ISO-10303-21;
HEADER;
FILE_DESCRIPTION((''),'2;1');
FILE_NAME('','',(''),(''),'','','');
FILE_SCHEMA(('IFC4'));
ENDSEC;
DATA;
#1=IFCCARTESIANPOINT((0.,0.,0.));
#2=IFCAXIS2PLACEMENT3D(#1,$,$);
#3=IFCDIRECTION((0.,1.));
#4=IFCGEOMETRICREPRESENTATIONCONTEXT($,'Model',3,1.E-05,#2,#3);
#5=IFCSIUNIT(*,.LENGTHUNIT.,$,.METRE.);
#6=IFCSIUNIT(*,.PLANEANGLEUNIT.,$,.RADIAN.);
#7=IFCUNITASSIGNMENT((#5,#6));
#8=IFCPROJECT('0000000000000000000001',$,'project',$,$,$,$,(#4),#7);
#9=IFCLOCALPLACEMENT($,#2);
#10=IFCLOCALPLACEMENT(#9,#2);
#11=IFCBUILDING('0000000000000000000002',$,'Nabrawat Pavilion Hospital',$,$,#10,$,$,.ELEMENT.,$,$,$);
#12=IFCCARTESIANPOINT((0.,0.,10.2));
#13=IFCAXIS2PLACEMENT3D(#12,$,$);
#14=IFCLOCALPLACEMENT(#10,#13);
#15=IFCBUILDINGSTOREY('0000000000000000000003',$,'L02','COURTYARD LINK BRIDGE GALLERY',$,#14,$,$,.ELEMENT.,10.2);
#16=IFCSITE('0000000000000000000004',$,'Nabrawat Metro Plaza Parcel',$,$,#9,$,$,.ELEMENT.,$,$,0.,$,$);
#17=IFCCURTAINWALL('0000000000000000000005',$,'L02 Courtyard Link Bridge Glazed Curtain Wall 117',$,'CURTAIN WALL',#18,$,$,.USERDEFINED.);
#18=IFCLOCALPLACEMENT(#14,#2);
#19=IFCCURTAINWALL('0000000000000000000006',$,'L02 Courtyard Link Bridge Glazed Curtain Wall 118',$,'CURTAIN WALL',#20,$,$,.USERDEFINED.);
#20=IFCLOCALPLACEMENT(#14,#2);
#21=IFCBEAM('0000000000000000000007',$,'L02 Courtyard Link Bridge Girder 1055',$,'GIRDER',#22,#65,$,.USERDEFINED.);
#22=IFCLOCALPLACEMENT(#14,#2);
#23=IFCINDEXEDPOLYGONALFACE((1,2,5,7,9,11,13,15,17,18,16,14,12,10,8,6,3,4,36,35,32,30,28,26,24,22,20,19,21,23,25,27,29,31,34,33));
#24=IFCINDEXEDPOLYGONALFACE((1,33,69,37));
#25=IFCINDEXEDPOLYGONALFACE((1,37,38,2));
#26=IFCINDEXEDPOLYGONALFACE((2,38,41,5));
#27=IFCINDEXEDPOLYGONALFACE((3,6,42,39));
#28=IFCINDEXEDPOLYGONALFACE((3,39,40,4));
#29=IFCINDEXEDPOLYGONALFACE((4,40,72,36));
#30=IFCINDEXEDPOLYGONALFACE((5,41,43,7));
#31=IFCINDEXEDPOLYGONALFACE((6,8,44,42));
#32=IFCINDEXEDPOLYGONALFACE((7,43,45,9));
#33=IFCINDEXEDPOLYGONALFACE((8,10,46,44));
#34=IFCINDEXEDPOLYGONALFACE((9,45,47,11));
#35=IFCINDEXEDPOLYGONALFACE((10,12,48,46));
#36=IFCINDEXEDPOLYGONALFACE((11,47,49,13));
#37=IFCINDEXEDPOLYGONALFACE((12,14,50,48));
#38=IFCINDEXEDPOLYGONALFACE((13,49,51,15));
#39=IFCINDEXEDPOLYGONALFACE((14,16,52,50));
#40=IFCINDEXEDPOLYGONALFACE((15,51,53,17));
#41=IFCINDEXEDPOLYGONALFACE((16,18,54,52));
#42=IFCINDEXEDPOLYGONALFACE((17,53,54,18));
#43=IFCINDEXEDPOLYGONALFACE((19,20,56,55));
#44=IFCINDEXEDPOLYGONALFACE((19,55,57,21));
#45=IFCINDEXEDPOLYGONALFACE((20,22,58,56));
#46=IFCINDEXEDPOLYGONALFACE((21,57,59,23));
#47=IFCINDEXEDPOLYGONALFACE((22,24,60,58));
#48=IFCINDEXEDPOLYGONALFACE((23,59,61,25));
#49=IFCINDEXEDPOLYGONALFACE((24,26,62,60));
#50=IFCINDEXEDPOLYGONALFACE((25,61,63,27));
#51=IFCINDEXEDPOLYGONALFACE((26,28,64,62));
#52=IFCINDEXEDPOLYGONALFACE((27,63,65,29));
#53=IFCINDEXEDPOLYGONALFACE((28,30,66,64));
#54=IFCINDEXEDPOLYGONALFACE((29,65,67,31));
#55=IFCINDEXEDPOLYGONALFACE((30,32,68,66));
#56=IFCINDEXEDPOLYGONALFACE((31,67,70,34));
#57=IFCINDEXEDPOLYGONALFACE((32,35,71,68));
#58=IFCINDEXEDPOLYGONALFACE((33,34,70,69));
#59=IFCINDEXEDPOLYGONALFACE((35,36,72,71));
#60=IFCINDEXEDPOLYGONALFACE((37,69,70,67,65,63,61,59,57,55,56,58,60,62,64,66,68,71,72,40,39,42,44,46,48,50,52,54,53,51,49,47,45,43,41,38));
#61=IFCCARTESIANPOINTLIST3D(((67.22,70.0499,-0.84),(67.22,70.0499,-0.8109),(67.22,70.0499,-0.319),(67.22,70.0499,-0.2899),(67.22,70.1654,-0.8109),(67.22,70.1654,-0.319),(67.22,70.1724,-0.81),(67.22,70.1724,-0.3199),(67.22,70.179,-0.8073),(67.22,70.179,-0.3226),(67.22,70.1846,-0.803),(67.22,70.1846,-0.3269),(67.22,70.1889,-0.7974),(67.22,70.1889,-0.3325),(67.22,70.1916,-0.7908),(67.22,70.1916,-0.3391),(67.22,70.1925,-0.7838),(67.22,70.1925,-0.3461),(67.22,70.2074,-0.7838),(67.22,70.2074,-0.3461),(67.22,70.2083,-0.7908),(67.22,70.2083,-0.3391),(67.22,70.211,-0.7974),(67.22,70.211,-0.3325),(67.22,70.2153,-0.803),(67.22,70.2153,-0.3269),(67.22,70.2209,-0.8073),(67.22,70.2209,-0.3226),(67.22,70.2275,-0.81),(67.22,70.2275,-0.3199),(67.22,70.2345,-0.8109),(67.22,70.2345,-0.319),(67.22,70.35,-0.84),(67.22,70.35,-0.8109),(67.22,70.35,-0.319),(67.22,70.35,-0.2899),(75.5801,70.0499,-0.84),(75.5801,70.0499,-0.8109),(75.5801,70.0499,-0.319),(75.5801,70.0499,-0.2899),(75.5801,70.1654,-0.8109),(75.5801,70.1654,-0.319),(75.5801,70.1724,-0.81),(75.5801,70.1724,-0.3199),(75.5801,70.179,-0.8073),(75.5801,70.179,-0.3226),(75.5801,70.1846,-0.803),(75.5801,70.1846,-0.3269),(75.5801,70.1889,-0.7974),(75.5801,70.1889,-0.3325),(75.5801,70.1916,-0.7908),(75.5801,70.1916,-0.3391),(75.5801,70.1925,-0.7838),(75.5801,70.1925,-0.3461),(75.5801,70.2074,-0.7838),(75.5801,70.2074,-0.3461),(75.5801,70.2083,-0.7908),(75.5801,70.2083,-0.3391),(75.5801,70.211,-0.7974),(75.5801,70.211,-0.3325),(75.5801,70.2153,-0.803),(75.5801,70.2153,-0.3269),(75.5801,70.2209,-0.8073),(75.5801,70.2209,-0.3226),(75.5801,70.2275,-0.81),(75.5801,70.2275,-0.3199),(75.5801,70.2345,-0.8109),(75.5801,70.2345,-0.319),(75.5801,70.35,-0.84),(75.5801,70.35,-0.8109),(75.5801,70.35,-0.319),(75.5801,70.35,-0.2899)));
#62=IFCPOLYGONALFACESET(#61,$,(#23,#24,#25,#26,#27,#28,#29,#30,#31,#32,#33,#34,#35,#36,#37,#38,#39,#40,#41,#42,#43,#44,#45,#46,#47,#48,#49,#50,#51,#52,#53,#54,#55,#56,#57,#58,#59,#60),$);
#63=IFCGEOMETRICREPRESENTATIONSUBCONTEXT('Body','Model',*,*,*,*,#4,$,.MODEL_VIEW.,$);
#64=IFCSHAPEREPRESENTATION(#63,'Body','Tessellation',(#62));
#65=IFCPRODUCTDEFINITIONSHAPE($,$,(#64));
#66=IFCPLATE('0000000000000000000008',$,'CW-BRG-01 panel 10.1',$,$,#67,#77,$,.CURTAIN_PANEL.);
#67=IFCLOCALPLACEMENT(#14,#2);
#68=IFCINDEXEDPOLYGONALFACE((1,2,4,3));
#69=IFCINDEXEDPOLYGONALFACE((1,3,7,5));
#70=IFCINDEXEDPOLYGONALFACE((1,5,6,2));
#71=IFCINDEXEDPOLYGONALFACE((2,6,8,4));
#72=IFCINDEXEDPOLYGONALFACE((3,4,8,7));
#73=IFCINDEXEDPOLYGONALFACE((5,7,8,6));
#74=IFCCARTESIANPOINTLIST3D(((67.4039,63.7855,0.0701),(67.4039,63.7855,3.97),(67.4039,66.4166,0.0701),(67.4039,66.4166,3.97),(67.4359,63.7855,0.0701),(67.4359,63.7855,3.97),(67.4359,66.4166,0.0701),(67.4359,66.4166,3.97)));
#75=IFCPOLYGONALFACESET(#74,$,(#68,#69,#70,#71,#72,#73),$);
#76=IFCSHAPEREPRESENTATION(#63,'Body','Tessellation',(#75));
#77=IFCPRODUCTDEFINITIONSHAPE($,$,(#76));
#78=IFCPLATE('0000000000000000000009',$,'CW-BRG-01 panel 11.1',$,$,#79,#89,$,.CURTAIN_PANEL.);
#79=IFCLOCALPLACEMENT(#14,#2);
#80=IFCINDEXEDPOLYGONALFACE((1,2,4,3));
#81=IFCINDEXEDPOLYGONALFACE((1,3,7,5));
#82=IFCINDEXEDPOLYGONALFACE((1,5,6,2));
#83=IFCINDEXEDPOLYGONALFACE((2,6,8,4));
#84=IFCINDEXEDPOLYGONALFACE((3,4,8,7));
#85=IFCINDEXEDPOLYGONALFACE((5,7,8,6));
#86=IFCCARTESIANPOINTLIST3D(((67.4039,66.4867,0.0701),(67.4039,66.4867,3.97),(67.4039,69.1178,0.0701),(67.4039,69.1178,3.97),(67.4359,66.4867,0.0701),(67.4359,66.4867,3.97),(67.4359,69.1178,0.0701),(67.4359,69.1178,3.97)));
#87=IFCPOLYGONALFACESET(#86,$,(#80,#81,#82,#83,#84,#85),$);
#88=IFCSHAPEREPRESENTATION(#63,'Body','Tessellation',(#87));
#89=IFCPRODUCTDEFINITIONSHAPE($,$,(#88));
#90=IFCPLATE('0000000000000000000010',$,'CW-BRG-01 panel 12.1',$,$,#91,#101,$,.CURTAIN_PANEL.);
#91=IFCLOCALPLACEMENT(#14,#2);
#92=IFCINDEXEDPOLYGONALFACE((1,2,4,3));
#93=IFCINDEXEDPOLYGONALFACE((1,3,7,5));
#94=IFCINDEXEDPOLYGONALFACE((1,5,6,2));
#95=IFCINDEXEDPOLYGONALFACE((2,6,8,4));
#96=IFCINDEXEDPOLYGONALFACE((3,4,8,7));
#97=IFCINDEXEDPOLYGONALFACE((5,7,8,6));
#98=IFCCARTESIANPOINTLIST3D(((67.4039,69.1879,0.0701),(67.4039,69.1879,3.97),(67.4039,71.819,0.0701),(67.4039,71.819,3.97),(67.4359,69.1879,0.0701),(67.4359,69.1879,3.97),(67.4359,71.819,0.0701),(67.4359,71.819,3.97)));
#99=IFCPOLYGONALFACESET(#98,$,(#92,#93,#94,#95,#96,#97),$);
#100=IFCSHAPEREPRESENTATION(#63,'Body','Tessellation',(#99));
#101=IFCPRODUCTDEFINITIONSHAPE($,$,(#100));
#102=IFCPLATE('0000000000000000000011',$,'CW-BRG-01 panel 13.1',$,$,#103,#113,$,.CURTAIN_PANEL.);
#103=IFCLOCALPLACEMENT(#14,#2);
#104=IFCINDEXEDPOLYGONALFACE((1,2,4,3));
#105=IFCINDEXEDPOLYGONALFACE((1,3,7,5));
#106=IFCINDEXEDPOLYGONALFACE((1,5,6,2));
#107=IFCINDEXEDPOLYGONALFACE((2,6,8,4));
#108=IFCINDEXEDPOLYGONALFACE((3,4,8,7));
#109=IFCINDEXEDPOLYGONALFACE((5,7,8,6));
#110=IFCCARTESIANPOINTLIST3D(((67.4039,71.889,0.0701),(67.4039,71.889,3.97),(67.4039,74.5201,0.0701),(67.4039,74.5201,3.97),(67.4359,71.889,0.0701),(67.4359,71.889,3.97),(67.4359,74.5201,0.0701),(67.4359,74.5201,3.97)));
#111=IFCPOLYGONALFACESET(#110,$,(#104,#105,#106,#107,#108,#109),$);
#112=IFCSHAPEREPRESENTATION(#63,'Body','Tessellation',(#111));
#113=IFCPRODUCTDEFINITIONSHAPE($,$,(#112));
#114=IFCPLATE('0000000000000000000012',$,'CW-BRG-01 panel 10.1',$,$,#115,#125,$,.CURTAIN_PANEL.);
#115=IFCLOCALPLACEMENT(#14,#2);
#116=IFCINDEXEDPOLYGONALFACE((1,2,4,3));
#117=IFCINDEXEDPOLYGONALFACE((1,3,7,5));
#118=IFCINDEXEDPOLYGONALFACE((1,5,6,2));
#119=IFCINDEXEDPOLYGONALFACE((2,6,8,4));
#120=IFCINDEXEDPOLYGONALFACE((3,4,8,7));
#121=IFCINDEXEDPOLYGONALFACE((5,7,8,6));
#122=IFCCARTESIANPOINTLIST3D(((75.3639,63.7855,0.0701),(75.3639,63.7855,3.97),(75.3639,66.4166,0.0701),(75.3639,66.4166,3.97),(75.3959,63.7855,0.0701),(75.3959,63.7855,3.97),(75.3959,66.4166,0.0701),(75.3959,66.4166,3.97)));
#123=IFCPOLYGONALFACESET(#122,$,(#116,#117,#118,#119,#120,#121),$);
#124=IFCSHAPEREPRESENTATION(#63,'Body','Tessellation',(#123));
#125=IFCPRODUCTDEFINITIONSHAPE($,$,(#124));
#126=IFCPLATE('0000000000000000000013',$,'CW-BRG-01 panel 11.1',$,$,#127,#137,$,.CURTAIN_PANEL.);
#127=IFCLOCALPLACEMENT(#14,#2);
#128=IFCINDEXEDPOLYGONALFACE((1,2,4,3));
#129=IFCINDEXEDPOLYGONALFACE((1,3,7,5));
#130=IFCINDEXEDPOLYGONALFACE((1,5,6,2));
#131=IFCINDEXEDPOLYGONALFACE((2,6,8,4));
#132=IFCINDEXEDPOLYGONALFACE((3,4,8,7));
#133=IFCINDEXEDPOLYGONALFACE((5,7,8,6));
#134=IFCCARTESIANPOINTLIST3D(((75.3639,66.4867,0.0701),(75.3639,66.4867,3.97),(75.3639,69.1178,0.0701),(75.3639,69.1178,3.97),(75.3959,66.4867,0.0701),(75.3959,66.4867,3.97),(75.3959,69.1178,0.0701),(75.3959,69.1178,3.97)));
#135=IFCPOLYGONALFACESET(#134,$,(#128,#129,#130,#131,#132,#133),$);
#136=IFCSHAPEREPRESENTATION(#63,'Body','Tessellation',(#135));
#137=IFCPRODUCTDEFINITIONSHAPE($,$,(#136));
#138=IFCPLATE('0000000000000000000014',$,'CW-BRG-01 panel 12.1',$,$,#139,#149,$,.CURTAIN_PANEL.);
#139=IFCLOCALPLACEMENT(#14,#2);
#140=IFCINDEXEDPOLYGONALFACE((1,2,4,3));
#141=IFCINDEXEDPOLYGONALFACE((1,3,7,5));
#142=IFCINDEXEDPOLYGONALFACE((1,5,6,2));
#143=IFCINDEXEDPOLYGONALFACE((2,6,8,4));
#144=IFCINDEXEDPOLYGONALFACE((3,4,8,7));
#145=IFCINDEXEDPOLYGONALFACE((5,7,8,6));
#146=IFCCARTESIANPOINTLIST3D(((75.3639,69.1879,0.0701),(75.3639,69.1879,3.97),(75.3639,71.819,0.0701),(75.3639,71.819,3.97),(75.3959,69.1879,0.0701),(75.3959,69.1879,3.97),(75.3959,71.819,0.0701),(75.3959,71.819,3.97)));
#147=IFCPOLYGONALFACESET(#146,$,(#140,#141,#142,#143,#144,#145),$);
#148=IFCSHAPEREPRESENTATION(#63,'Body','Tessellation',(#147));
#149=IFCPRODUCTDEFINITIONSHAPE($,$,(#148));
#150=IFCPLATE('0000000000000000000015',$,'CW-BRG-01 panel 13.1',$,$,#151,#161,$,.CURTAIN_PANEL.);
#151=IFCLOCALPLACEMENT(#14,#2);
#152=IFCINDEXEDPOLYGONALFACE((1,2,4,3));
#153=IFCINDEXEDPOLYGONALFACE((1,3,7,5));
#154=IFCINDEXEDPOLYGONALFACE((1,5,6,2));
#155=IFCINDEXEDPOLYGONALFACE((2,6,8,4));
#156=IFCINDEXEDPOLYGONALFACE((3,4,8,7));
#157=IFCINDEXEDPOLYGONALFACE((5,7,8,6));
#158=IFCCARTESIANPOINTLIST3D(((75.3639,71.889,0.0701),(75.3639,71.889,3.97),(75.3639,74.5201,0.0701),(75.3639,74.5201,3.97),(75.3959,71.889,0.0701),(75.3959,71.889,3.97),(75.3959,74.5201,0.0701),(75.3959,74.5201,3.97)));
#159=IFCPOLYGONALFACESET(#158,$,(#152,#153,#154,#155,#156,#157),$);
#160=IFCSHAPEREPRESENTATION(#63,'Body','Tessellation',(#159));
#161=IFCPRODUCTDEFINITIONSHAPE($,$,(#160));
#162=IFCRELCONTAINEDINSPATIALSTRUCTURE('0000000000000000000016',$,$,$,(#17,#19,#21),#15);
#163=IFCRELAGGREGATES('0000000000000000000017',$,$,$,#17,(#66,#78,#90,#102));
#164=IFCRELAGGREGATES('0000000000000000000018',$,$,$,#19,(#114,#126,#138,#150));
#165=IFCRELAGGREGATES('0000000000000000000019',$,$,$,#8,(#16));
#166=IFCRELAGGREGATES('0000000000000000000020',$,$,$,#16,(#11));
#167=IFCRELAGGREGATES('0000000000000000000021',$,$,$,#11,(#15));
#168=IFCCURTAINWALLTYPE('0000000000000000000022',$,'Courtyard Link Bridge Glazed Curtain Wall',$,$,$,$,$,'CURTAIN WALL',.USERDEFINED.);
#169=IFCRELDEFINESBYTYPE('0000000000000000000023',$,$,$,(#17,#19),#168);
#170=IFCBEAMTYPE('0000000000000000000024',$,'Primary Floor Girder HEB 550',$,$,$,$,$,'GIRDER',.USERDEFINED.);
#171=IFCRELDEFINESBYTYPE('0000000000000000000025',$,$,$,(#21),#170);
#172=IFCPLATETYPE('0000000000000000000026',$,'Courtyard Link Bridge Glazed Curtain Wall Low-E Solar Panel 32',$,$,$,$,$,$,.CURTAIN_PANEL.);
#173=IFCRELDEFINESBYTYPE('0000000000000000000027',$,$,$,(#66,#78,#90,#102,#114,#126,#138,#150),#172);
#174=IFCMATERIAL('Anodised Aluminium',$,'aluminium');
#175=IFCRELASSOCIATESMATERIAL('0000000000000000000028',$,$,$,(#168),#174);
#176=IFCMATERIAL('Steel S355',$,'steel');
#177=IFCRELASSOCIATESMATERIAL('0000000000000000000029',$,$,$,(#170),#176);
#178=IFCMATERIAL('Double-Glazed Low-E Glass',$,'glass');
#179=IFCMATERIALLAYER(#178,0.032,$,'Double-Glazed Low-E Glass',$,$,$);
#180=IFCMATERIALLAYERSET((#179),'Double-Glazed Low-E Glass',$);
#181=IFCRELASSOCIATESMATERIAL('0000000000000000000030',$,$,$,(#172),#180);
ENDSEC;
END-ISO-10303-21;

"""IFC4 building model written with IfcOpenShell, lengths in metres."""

from ifc_helpers import new_model, si_unit, direction, frame, origin, origin_2d, place, context, subcontext, project, spatial, rectangle, i_section, extrude, material, layer, layer_set, material_profile, profile_set, type_object, element, aggregate, save


model = new_model("IFC4")

# Units and contexts
model_context = context("Model", 3, precision=1e-05, world=origin(), true_north=direction((0.0, 1.0)))
body_context = subcontext(model_context, "Body", "Model", "MODEL_VIEW")
ifc_project = project(units=[si_unit("LENGTHUNIT", "METRE"), si_unit("PLANEANGLEUNIT", "RADIAN")], contexts=[model_context])

# Site, building, storey
site_placement = place(None, origin())
site = spatial("IfcSite", under=ifc_project, at=site_placement, Name="Nabrawat Metro Plaza Parcel", CompositionType="ELEMENT", RefElevation=0.0)
building_placement = place(site_placement, origin())
building = spatial("IfcBuilding", under=site, at=building_placement, Name="Nabrawat Pavilion Hospital", CompositionType="ELEMENT")
storey_placement = place(building_placement, frame((0.0, 0.0, 10.2)))
storey = spatial("IfcBuildingStorey", under=building, at=storey_placement, Name="L02", Description="COURTYARD LINK BRIDGE GALLERY", CompositionType="ELEMENT", Elevation=10.2)

# Shared definitions
ifc_material_1 = material(Name="Steel S355", Category="steel")

# Curtain walls
ifc_material_2 = material(Name="Anodised Aluminium", Category="aluminium")
curtain_wall_type = type_object("IfcCurtainWallType", Name="Courtyard Link Bridge Glazed Curtain Wall", ElementType="CURTAIN WALL", PredefinedType="USERDEFINED", material=ifc_material_2)
curtain_wall_1_placement = place(storey_placement, origin())
curtain_wall_1 = element("IfcCurtainWall", 1, at=curtain_wall_1_placement, inside=storey, type_object=curtain_wall_type, Name="L02 Courtyard Link Bridge Glazed Curtain Wall 117", ObjectType="CURTAIN WALL", PredefinedType="USERDEFINED")
curtain_wall_2_placement = place(storey_placement, origin())
curtain_wall_2 = element("IfcCurtainWall", 2, at=curtain_wall_2_placement, inside=storey, type_object=curtain_wall_type, Name="L02 Courtyard Link Bridge Glazed Curtain Wall 118", ObjectType="CURTAIN WALL", PredefinedType="USERDEFINED")

# Beam
ifc_material_profile_1 = material_profile(ifc_material_1, i_section(OverallWidth=0.3, OverallDepth=0.55, WebThickness=0.0149, FlangeThickness=0.0291, FilletRadius=0.0271, at=origin_2d()), Name="HEB 550")
ifc_profile_set_1 = profile_set([ifc_material_profile_1], Name="Steel S355")
beam_type_1 = type_object("IfcBeamType", Name="Primary Floor Girder HEB 550", ElementType="GIRDER", PredefinedType="USERDEFINED", material=ifc_profile_set_1)
beam_placement = place(storey_placement, frame((67.22, 70.2, -0.5649), z_axis=(1.0, 0.0, 0.0), x_axis=(0.0, 1.0, 0.0)))
element("IfcBeam", 3, at=beam_placement, inside=storey, type_object=beam_type_1, Name="L02 Courtyard Link Bridge Girder 1055", ObjectType="GIRDER", PredefinedType="USERDEFINED", context=body_context, shape_type="SweptSolid", body=[
    extrude(i_section(OverallWidth=0.3, OverallDepth=0.55, WebThickness=0.0149, FlangeThickness=0.0291, FilletRadius=0.0271, at=origin_2d()), origin(), (0.0, 0.0, 1.0), 8.3601),
])

# Plates
ifc_material_3 = material(Name="Double-Glazed Low-E Glass", Category="glass")
ifc_layer = layer(ifc_material_3, 0.032, Name="Double-Glazed Low-E Glass")
ifc_layer_set = layer_set([ifc_layer], Name="Double-Glazed Low-E Glass")
plate_type = type_object("IfcPlateType", Name="Courtyard Link Bridge Glazed Curtain Wall Low-E Solar Panel 32", PredefinedType="CURTAIN_PANEL", material=ifc_layer_set)
plate_1_placement = place(storey_placement, frame((67.4199, 65.1011, 0.0701), z_axis=(0.0, 0.0, 1.0), x_axis=(0.0, 1.0, 0.0)))
plate_1 = element("IfcPlate", 4, at=plate_1_placement, type_object=plate_type, Name="CW-BRG-01 panel 10.1", PredefinedType="CURTAIN_PANEL", context=body_context, shape_type="SweptSolid", body=[
    extrude(rectangle(XDim=2.6311, YDim=0.032, at=origin_2d()), origin(), (0.0, 0.0, 1.0), 3.8999),
])
plate_2_placement = place(storey_placement, frame((67.4199, 67.8022, 0.0701), z_axis=(0.0, 0.0, 1.0), x_axis=(0.0, 1.0, 0.0)))
plate_2 = element("IfcPlate", 5, at=plate_2_placement, type_object=plate_type, Name="CW-BRG-01 panel 11.1", PredefinedType="CURTAIN_PANEL", context=body_context, shape_type="SweptSolid", body=[
    extrude(rectangle(XDim=2.6311, YDim=0.032, at=origin_2d()), origin(), (0.0, 0.0, 1.0), 3.8999),
])
plate_3_placement = place(storey_placement, frame((67.4199, 70.5034, 0.0701), z_axis=(0.0, 0.0, 1.0), x_axis=(0.0, 1.0, 0.0)))
plate_3 = element("IfcPlate", 6, at=plate_3_placement, type_object=plate_type, Name="CW-BRG-01 panel 12.1", PredefinedType="CURTAIN_PANEL", context=body_context, shape_type="SweptSolid", body=[
    extrude(rectangle(XDim=2.6311, YDim=0.032, at=origin_2d()), origin(), (0.0, 0.0, 1.0), 3.8999),
])
plate_4_placement = place(storey_placement, frame((67.4199, 73.2046, 0.0701), z_axis=(0.0, 0.0, 1.0), x_axis=(0.0, 1.0, 0.0)))
plate_4 = element("IfcPlate", 7, at=plate_4_placement, type_object=plate_type, Name="CW-BRG-01 panel 13.1", PredefinedType="CURTAIN_PANEL", context=body_context, shape_type="SweptSolid", body=[
    extrude(rectangle(XDim=2.6311, YDim=0.032, at=origin_2d()), origin(), (0.0, 0.0, 1.0), 3.8999),
])
aggregate(curtain_wall_1, [plate_1, plate_2, plate_3, plate_4])
plate_5_placement = place(storey_placement, frame((75.3799, 65.1011, 0.0701), z_axis=(0.0, 0.0, 1.0), x_axis=(0.0, 1.0, 0.0)))
plate_5 = element("IfcPlate", 8, at=plate_5_placement, type_object=plate_type, Name="CW-BRG-01 panel 10.1", PredefinedType="CURTAIN_PANEL", context=body_context, shape_type="SweptSolid", body=[
    extrude(rectangle(XDim=2.6311, YDim=0.032, at=origin_2d()), origin(), (0.0, 0.0, 1.0), 3.8999),
])
plate_6_placement = place(storey_placement, frame((75.3799, 67.8022, 0.0701), z_axis=(0.0, 0.0, 1.0), x_axis=(0.0, 1.0, 0.0)))
plate_6 = element("IfcPlate", 9, at=plate_6_placement, type_object=plate_type, Name="CW-BRG-01 panel 11.1", PredefinedType="CURTAIN_PANEL", context=body_context, shape_type="SweptSolid", body=[
    extrude(rectangle(XDim=2.6311, YDim=0.032, at=origin_2d()), origin(), (0.0, 0.0, 1.0), 3.8999),
])
plate_7_placement = place(storey_placement, frame((75.3799, 70.5034, 0.0701), z_axis=(0.0, 0.0, 1.0), x_axis=(0.0, 1.0, 0.0)))
plate_7 = element("IfcPlate", 10, at=plate_7_placement, type_object=plate_type, Name="CW-BRG-01 panel 12.1", PredefinedType="CURTAIN_PANEL", context=body_context, shape_type="SweptSolid", body=[
    extrude(rectangle(XDim=2.6311, YDim=0.032, at=origin_2d()), origin(), (0.0, 0.0, 1.0), 3.8999),
])
plate_8_placement = place(storey_placement, frame((75.3799, 73.2046, 0.0701), z_axis=(0.0, 0.0, 1.0), x_axis=(0.0, 1.0, 0.0)))
plate_8 = element("IfcPlate", 11, at=plate_8_placement, type_object=plate_type, Name="CW-BRG-01 panel 13.1", PredefinedType="CURTAIN_PANEL", context=body_context, shape_type="SweptSolid", body=[
    extrude(rectangle(XDim=2.6311, YDim=0.032, at=origin_2d()), origin(), (0.0, 0.0, 1.0), 3.8999),
])
aggregate(curtain_wall_2, [plate_5, plate_6, plate_7, plate_8])

save(model, "model.ifc")
